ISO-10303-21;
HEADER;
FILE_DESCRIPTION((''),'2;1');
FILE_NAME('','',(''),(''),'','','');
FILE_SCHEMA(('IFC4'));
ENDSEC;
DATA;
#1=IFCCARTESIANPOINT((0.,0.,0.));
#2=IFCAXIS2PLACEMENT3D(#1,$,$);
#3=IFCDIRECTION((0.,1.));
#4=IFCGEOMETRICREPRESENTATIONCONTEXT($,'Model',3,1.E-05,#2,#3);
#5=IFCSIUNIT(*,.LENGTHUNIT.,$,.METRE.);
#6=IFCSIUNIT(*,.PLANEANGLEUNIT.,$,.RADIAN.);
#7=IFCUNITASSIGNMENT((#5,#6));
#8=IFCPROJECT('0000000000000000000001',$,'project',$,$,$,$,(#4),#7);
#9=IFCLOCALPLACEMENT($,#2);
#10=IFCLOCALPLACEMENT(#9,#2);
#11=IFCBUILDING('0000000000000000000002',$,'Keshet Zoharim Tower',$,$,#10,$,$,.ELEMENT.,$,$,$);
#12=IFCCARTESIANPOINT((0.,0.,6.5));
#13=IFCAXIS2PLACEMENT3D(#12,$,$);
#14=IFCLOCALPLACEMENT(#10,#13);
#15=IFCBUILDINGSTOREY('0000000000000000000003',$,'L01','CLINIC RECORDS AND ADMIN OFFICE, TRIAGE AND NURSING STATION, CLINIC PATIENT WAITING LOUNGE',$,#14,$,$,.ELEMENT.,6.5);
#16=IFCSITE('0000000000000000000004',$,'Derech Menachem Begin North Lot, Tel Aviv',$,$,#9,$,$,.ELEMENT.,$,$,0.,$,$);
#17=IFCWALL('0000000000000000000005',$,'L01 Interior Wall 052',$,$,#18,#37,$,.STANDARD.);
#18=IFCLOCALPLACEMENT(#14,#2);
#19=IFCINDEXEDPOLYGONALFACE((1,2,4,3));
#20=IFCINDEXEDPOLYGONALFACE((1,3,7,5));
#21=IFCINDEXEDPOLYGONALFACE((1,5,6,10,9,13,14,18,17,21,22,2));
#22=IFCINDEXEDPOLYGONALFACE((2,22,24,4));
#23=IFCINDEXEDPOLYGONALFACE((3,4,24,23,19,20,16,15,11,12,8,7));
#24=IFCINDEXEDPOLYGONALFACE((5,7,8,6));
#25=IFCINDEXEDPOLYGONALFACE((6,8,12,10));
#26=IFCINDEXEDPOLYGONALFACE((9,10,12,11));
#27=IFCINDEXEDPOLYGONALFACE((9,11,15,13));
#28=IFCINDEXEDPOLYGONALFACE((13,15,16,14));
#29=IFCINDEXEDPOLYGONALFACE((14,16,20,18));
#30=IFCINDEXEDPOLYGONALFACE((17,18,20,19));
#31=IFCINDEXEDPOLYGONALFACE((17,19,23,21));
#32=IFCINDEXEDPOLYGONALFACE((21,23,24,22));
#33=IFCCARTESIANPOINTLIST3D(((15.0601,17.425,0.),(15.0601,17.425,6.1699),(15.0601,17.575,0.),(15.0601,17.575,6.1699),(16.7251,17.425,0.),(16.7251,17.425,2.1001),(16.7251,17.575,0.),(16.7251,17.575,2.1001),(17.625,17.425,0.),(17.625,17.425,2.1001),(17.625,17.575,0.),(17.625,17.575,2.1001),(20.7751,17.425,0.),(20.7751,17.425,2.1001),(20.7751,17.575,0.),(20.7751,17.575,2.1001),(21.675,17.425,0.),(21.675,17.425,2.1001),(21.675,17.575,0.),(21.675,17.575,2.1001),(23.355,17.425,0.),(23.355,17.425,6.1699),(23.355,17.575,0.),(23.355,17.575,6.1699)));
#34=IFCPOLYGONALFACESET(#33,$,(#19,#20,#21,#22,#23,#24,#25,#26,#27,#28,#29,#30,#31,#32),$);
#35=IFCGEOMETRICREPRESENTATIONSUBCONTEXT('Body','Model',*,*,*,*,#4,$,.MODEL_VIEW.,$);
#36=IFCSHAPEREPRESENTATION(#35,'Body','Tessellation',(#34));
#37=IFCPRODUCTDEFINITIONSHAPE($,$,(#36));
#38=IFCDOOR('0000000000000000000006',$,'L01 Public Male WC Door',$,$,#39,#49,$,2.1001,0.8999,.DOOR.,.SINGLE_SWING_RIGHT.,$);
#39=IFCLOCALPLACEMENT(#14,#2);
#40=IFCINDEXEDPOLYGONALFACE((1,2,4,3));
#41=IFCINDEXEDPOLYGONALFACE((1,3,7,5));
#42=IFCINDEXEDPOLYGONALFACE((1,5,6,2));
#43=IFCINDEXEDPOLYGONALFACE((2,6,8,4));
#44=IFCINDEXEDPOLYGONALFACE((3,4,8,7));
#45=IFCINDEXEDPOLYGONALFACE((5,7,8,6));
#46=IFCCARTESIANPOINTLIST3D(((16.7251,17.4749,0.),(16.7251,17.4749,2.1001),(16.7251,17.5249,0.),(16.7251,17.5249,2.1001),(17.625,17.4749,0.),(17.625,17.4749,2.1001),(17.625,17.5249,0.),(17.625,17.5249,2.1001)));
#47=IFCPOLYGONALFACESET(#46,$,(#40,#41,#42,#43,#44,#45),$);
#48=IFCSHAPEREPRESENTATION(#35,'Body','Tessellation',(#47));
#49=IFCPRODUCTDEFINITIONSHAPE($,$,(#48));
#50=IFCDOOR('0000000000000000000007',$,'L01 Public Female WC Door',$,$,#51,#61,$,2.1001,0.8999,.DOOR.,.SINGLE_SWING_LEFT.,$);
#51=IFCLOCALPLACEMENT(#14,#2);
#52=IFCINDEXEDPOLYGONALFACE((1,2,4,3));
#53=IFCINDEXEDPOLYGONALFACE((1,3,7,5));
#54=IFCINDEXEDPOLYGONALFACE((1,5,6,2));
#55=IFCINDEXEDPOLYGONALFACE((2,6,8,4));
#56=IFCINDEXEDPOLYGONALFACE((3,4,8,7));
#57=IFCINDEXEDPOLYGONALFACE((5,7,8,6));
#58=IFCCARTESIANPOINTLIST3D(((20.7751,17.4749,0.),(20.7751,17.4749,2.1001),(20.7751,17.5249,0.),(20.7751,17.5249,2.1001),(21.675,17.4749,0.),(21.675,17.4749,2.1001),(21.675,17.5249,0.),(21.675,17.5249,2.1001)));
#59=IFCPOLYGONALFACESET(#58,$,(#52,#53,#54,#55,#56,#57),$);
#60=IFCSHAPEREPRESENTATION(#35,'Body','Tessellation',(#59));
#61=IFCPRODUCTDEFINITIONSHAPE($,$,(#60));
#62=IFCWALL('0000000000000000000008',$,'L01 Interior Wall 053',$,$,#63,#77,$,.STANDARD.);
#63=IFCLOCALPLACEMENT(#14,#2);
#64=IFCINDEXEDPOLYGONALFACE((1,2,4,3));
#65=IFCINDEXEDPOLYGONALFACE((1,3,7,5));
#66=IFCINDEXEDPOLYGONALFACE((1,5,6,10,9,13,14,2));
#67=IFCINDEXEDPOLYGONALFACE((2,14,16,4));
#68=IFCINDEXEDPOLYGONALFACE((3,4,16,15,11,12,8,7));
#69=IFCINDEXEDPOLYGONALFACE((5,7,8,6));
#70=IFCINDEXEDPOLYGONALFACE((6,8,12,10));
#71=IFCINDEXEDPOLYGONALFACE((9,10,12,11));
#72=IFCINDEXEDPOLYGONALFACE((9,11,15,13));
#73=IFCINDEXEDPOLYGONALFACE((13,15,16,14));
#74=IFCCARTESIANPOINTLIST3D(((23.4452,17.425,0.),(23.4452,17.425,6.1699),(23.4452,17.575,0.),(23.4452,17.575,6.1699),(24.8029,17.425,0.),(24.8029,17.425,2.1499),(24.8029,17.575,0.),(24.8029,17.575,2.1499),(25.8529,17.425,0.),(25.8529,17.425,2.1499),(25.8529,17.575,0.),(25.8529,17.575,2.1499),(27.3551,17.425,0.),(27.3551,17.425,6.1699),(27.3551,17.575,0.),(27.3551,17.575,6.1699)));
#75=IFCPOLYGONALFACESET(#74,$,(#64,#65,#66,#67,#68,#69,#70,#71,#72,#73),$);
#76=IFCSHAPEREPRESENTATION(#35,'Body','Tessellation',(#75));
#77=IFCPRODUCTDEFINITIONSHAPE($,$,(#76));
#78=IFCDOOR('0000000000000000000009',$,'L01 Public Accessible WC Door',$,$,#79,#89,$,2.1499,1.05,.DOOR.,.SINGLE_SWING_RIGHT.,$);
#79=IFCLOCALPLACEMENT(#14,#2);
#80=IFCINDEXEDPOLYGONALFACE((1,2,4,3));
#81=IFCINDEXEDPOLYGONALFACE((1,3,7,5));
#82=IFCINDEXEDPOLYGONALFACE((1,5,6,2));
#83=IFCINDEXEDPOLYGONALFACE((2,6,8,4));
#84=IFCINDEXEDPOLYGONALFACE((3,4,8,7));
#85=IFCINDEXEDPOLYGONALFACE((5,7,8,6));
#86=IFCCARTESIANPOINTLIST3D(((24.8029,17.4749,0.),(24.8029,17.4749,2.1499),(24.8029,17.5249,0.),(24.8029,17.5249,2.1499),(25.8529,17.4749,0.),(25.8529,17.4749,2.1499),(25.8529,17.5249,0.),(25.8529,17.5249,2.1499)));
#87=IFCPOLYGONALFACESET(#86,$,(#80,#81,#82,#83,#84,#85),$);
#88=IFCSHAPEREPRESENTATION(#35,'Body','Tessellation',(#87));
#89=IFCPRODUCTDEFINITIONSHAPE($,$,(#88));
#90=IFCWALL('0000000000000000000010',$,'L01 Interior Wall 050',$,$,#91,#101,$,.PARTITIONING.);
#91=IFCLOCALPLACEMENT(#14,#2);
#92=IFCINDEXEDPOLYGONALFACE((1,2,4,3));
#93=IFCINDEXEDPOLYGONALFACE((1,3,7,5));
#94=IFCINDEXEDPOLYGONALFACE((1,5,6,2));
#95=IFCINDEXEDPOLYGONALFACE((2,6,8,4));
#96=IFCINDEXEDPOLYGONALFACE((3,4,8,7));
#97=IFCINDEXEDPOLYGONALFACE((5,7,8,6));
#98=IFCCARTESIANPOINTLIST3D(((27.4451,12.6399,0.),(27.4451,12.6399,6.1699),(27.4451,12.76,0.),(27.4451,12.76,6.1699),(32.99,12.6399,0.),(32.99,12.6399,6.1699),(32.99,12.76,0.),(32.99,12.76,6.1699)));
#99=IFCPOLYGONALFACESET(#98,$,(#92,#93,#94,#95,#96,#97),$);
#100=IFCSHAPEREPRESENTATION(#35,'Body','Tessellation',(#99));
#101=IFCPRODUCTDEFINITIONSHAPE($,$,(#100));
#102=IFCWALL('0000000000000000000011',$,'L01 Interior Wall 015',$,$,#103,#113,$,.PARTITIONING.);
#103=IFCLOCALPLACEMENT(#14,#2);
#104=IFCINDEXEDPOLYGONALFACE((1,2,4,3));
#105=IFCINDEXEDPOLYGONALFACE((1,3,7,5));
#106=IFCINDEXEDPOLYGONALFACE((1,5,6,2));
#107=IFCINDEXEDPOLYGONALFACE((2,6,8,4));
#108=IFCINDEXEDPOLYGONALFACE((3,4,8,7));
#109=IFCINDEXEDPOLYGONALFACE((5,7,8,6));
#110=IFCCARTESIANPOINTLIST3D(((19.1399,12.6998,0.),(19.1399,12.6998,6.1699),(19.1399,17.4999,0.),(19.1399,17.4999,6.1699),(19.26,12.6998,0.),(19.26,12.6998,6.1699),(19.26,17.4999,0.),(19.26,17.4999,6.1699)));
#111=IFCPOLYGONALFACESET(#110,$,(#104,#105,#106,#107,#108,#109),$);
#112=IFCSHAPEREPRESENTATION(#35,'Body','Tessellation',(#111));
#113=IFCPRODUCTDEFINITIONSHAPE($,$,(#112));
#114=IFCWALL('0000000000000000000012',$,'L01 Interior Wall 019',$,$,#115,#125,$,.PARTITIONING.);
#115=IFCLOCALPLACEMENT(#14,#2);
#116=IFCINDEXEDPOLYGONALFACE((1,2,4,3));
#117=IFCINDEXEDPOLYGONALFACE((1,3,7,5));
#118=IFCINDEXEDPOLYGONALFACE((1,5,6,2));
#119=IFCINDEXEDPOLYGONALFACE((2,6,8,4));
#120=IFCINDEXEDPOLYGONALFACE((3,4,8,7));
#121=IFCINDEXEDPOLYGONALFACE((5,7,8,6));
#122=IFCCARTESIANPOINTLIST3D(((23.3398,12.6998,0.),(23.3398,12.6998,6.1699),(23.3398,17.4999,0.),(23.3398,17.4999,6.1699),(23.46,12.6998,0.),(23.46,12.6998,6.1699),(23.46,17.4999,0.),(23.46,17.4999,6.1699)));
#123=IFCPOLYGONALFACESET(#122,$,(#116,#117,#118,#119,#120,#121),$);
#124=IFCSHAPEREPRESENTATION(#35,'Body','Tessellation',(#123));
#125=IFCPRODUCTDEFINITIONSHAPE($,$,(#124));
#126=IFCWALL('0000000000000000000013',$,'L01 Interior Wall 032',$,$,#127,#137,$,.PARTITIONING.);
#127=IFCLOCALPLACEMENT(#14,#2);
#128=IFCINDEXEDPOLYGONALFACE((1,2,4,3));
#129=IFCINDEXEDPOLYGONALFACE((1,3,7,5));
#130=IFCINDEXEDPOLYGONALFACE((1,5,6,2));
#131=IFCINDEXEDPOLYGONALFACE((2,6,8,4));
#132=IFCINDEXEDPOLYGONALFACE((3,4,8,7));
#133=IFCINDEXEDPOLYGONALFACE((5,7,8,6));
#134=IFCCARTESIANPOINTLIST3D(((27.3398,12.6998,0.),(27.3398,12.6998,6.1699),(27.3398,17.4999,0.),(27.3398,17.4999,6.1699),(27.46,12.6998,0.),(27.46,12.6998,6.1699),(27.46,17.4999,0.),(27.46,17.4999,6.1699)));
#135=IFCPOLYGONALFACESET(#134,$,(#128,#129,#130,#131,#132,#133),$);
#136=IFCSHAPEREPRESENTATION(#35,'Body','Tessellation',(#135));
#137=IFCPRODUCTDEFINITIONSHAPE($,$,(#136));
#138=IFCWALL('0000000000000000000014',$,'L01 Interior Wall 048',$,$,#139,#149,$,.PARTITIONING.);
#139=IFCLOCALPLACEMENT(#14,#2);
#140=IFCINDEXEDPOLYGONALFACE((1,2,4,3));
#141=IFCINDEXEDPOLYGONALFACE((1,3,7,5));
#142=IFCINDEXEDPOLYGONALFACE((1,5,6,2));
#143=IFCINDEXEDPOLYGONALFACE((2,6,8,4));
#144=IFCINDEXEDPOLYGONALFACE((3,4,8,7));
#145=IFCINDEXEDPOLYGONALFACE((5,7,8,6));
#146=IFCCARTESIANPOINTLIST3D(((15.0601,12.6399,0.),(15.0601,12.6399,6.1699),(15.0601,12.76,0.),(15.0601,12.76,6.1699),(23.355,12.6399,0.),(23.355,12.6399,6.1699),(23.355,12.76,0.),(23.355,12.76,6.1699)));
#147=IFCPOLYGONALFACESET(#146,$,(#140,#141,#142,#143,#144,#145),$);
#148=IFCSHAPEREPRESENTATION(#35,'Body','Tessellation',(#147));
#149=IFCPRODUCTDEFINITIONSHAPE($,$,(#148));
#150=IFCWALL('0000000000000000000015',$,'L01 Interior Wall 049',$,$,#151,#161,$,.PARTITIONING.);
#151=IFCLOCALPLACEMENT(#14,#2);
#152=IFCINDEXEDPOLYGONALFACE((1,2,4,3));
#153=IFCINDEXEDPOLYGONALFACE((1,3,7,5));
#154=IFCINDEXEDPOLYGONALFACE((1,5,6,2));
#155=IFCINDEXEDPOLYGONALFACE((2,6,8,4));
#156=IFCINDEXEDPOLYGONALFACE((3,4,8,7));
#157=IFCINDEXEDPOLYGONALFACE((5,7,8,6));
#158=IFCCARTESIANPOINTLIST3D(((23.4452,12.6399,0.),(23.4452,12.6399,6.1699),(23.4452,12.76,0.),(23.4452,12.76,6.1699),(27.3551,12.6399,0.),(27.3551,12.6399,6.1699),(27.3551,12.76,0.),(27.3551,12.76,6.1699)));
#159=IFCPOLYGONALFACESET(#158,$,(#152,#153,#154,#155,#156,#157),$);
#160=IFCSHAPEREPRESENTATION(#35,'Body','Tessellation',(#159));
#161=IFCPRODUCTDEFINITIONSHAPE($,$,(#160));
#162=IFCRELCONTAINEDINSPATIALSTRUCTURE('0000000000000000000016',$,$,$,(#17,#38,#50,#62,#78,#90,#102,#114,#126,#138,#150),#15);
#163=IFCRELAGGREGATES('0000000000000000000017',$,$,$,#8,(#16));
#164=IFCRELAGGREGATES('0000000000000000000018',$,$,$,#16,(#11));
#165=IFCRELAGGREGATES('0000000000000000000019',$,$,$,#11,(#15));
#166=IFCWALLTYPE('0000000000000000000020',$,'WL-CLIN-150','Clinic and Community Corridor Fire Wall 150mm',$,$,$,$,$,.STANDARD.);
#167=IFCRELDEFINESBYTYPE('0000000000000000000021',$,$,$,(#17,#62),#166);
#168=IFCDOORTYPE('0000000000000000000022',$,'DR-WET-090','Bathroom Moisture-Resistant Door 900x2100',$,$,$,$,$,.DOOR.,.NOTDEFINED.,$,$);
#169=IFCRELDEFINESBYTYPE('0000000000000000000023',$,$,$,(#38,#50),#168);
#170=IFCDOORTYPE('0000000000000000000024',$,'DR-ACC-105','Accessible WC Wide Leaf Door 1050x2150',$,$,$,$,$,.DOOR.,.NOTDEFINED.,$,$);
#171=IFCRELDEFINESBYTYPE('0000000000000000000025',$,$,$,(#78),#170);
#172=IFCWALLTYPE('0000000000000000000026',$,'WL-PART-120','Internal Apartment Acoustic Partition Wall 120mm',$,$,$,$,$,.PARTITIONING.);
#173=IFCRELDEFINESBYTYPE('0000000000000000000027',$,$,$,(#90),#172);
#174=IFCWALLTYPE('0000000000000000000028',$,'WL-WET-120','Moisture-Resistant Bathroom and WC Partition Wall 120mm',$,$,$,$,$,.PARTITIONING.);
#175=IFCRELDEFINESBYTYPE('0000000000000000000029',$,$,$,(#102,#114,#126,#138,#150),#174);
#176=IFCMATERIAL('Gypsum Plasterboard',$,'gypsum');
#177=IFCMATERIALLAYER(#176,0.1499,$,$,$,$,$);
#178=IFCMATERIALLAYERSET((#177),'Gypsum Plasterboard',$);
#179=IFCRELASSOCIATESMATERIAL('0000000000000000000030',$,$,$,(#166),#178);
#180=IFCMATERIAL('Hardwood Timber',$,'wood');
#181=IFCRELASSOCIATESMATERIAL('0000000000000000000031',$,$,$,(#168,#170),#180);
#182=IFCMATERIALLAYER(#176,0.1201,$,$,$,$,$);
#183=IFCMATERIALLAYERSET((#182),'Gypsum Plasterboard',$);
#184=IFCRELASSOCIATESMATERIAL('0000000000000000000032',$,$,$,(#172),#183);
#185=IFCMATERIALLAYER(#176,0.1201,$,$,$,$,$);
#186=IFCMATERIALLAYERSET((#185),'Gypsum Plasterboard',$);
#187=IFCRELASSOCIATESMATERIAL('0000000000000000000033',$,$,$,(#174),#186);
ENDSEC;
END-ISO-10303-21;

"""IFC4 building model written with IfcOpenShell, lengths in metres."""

from ifc_helpers import new_model, si_unit, direction, frame, frame_2d, origin, place, context, subcontext, project, spatial, rectangle, extrude, material, layer, layer_set, type_object, element, fill, save


model = new_model("IFC4")

# Units and contexts
model_context = context("Model", 3, precision=1e-05, world=origin(), true_north=direction((0.0, 1.0)))
body_context = subcontext(model_context, "Body", "Model", "MODEL_VIEW")
ifc_project = project(units=[si_unit("LENGTHUNIT", "METRE"), si_unit("PLANEANGLEUNIT", "RADIAN")], contexts=[model_context])

# Site, building, storey
site_placement = place(None, origin())
site = spatial("IfcSite", under=ifc_project, at=site_placement, Name="Derech Menachem Begin North Lot, Tel Aviv", CompositionType="ELEMENT", RefElevation=0.0)
building_placement = place(site_placement, origin())
building = spatial("IfcBuilding", under=site, at=building_placement, Name="Keshet Zoharim Tower", CompositionType="ELEMENT")
storey_placement = place(building_placement, frame((0.0, 0.0, 6.5)))
storey = spatial("IfcBuildingStorey", under=building, at=storey_placement, Name="L01", Description="CLINIC RECORDS AND ADMIN OFFICE, TRIAGE AND NURSING STATION, CLINIC PATIENT WAITING LOUNGE", CompositionType="ELEMENT", Elevation=6.5)

# Wall, openings, doors
ifc_material_1 = material(Name="Gypsum Plasterboard", Category="gypsum")
ifc_layer_1 = layer(ifc_material_1, 0.1499)
ifc_layer_set_1 = layer_set([ifc_layer_1], Name="Gypsum Plasterboard")
wall_type_1 = type_object("IfcWallType", Name="WL-CLIN-150", Description="Clinic and Community Corridor Fire Wall 150mm", PredefinedType="STANDARD", material=ifc_layer_set_1)
wall_1_placement = place(storey_placement, frame((15.0601, 17.5, 0.0), z_axis=(0.0, 0.0, 1.0), x_axis=(1.0, 0.0, 0.0)))
wall_1 = element("IfcWall", 1, at=wall_1_placement, inside=storey, type_object=wall_type_1, Name="L01 Interior Wall 052", PredefinedType="STANDARD", context=body_context, shape_type="SweptSolid", body=[
    extrude(rectangle(XDim=8.2949, YDim=0.1499, at=frame_2d((4.1475, 0.0))), origin(), (0.0, 0.0, 1.0), 6.1699),
])
opening_1_placement = place(wall_1_placement, frame((1.665, 0.0, 0.0)))
opening_1 = element("IfcOpeningElement", 2, at=opening_1_placement, cuts=wall_1, PredefinedType="OPENING", context=body_context, shape_type="SweptSolid", body=[
    extrude(rectangle(XDim=0.8999, YDim=2.1001, at=frame_2d((0.45, 1.05))), frame((0.0, 0.085, 0.0), z_axis=(0.0, -1.0, 0.0), x_axis=(1.0, 0.0, 0.0)), (0.0, 0.0, 1.0), 0.1699),
])
opening_2_placement = place(wall_1_placement, frame((5.7151, 0.0, 0.0)))
opening_2 = element("IfcOpeningElement", 3, at=opening_2_placement, cuts=wall_1, PredefinedType="OPENING", context=body_context, shape_type="SweptSolid", body=[
    extrude(rectangle(XDim=0.8999, YDim=2.1001, at=frame_2d((0.45, 1.05))), frame((0.0, 0.085, 0.0), z_axis=(0.0, -1.0, 0.0), x_axis=(1.0, 0.0, 0.0)), (0.0, 0.0, 1.0), 0.1699),
])
ifc_material_2 = material(Name="Hardwood Timber", Category="wood")
door_type_1 = type_object("IfcDoorType", Name="DR-WET-090", Description="Bathroom Moisture-Resistant Door 900x2100", OperationType="NOTDEFINED", PredefinedType="DOOR", material=ifc_material_2)
door_1_placement = place(opening_1_placement, origin())
door_1 = element("IfcDoor", 4, at=door_1_placement, inside=storey, type_object=door_type_1, Name="L01 Public Male WC Door", OperationType="SINGLE_SWING_RIGHT", OverallHeight=2.1001, OverallWidth=0.8999, PredefinedType="DOOR", context=body_context, shape_type="SweptSolid", body=[
    extrude(rectangle(XDim=0.8999, YDim=2.1001, at=frame_2d((0.45, 1.05))), frame((0.0, 0.0249, 0.0), z_axis=(0.0, -1.0, 0.0), x_axis=(1.0, 0.0, 0.0)), (0.0, 0.0, 1.0), 0.05),
])
fill(opening_1, door_1)
door_2_placement = place(opening_2_placement, origin())
door_2 = element("IfcDoor", 5, at=door_2_placement, inside=storey, type_object=door_type_1, Name="L01 Public Female WC Door", OperationType="SINGLE_SWING_LEFT", OverallHeight=2.1001, OverallWidth=0.8999, PredefinedType="DOOR", context=body_context, shape_type="SweptSolid", body=[
    extrude(rectangle(XDim=0.8999, YDim=2.1001, at=frame_2d((0.45, 1.05))), frame((0.0, 0.0249, 0.0), z_axis=(0.0, -1.0, 0.0), x_axis=(1.0, 0.0, 0.0)), (0.0, 0.0, 1.0), 0.05),
])
fill(opening_2, door_2)

# Wall, opening, door
wall_2_placement = place(storey_placement, frame((23.4451, 17.5, 0.0), z_axis=(0.0, 0.0, 1.0), x_axis=(1.0, 0.0, 0.0)))
wall_2 = element("IfcWall", 6, at=wall_2_placement, inside=storey, type_object=wall_type_1, Name="L01 Interior Wall 053", PredefinedType="STANDARD", context=body_context, shape_type="SweptSolid", body=[
    extrude(rectangle(XDim=3.9099, YDim=0.1499, at=frame_2d((1.9551, 0.0))), origin(), (0.0, 0.0, 1.0), 6.1699),
])
opening_3_placement = place(wall_2_placement, frame((1.3579, 0.0, 0.0)))
opening_3 = element("IfcOpeningElement", 7, at=opening_3_placement, cuts=wall_2, PredefinedType="OPENING", context=body_context, shape_type="SweptSolid", body=[
    extrude(rectangle(XDim=1.05, YDim=2.1499, at=frame_2d((0.5249, 1.075))), frame((0.0, 0.085, 0.0), z_axis=(0.0, -1.0, 0.0), x_axis=(1.0, 0.0, 0.0)), (0.0, 0.0, 1.0), 0.1699),
])
door_type_2 = type_object("IfcDoorType", Name="DR-ACC-105", Description="Accessible WC Wide Leaf Door 1050x2150", OperationType="NOTDEFINED", PredefinedType="DOOR", material=ifc_material_2)
door_3_placement = place(opening_3_placement, origin())
door_3 = element("IfcDoor", 8, at=door_3_placement, inside=storey, type_object=door_type_2, Name="L01 Public Accessible WC Door", OperationType="SINGLE_SWING_RIGHT", OverallHeight=2.1499, OverallWidth=1.05, PredefinedType="DOOR", context=body_context, shape_type="SweptSolid", body=[
    extrude(rectangle(XDim=1.05, YDim=2.1499, at=frame_2d((0.5249, 1.075))), frame((0.0, 0.0249, 0.0), z_axis=(0.0, -1.0, 0.0), x_axis=(1.0, 0.0, 0.0)), (0.0, 0.0, 1.0), 0.05),
])
fill(opening_3, door_3)

# Walls
ifc_layer_2 = layer(ifc_material_1, 0.1201)
ifc_layer_set_2 = layer_set([ifc_layer_2], Name="Gypsum Plasterboard")
wall_type_2 = type_object("IfcWallType", Name="WL-PART-120", Description="Internal Apartment Acoustic Partition Wall 120mm", PredefinedType="PARTITIONING", material=ifc_layer_set_2)
wall_3_placement = place(storey_placement, frame((27.4451, 12.7, 0.0), z_axis=(0.0, 0.0, 1.0), x_axis=(1.0, 0.0, 0.0)))
element("IfcWall", 9, at=wall_3_placement, inside=storey, type_object=wall_type_2, Name="L01 Interior Wall 050", PredefinedType="PARTITIONING", context=body_context, shape_type="SweptSolid", body=[
    extrude(rectangle(XDim=5.5449, YDim=0.1201, at=frame_2d((2.7725, 0.0))), origin(), (0.0, 0.0, 1.0), 6.1699),
])
ifc_layer_3 = layer(ifc_material_1, 0.1201)
ifc_layer_set_3 = layer_set([ifc_layer_3], Name="Gypsum Plasterboard")
wall_type_3 = type_object("IfcWallType", Name="WL-WET-120", Description="Moisture-Resistant Bathroom and WC Partition Wall 120mm", PredefinedType="PARTITIONING", material=ifc_layer_set_3)
for number, where, z_axis, x_axis, name in (
    (10, (19.2, 12.7, 0.0), (0.0, 0.0, 1.0), (0.0, 1.0, 0.0), "L01 Interior Wall 015"),
    (11, (23.3999, 12.7, 0.0), (0.0, 0.0, 1.0), (0.0, 1.0, 0.0), "L01 Interior Wall 019"),
    (12, (27.3999, 12.7, 0.0), (0.0, 0.0, 1.0), (0.0, 1.0, 0.0), "L01 Interior Wall 032"),
):
    element("IfcWall", number, at=place(storey_placement, frame(where, z_axis=z_axis, x_axis=x_axis)), inside=storey, type_object=wall_type_3, Name=name, PredefinedType="PARTITIONING", context=body_context, shape_type="SweptSolid", body=[
        extrude(rectangle(XDim=4.8, YDim=0.1201, at=frame_2d((2.3999, 0.0))), origin(), (0.0, 0.0, 1.0), 6.1699),
    ])
wall_4_placement = place(storey_placement, frame((15.0601, 12.7, 0.0), z_axis=(0.0, 0.0, 1.0), x_axis=(1.0, 0.0, 0.0)))
element("IfcWall", 13, at=wall_4_placement, inside=storey, type_object=wall_type_3, Name="L01 Interior Wall 048", PredefinedType="PARTITIONING", context=body_context, shape_type="SweptSolid", body=[
    extrude(rectangle(XDim=8.2949, YDim=0.1201, at=frame_2d((4.1475, 0.0))), origin(), (0.0, 0.0, 1.0), 6.1699),
])
wall_5_placement = place(storey_placement, frame((23.4451, 12.7, 0.0), z_axis=(0.0, 0.0, 1.0), x_axis=(1.0, 0.0, 0.0)))
element("IfcWall", 14, at=wall_5_placement, inside=storey, type_object=wall_type_3, Name="L01 Interior Wall 049", PredefinedType="PARTITIONING", context=body_context, shape_type="SweptSolid", body=[
    extrude(rectangle(XDim=3.9099, YDim=0.1201, at=frame_2d((1.9551, 0.0))), origin(), (0.0, 0.0, 1.0), 6.1699),
])

save(model, "model.ifc")
